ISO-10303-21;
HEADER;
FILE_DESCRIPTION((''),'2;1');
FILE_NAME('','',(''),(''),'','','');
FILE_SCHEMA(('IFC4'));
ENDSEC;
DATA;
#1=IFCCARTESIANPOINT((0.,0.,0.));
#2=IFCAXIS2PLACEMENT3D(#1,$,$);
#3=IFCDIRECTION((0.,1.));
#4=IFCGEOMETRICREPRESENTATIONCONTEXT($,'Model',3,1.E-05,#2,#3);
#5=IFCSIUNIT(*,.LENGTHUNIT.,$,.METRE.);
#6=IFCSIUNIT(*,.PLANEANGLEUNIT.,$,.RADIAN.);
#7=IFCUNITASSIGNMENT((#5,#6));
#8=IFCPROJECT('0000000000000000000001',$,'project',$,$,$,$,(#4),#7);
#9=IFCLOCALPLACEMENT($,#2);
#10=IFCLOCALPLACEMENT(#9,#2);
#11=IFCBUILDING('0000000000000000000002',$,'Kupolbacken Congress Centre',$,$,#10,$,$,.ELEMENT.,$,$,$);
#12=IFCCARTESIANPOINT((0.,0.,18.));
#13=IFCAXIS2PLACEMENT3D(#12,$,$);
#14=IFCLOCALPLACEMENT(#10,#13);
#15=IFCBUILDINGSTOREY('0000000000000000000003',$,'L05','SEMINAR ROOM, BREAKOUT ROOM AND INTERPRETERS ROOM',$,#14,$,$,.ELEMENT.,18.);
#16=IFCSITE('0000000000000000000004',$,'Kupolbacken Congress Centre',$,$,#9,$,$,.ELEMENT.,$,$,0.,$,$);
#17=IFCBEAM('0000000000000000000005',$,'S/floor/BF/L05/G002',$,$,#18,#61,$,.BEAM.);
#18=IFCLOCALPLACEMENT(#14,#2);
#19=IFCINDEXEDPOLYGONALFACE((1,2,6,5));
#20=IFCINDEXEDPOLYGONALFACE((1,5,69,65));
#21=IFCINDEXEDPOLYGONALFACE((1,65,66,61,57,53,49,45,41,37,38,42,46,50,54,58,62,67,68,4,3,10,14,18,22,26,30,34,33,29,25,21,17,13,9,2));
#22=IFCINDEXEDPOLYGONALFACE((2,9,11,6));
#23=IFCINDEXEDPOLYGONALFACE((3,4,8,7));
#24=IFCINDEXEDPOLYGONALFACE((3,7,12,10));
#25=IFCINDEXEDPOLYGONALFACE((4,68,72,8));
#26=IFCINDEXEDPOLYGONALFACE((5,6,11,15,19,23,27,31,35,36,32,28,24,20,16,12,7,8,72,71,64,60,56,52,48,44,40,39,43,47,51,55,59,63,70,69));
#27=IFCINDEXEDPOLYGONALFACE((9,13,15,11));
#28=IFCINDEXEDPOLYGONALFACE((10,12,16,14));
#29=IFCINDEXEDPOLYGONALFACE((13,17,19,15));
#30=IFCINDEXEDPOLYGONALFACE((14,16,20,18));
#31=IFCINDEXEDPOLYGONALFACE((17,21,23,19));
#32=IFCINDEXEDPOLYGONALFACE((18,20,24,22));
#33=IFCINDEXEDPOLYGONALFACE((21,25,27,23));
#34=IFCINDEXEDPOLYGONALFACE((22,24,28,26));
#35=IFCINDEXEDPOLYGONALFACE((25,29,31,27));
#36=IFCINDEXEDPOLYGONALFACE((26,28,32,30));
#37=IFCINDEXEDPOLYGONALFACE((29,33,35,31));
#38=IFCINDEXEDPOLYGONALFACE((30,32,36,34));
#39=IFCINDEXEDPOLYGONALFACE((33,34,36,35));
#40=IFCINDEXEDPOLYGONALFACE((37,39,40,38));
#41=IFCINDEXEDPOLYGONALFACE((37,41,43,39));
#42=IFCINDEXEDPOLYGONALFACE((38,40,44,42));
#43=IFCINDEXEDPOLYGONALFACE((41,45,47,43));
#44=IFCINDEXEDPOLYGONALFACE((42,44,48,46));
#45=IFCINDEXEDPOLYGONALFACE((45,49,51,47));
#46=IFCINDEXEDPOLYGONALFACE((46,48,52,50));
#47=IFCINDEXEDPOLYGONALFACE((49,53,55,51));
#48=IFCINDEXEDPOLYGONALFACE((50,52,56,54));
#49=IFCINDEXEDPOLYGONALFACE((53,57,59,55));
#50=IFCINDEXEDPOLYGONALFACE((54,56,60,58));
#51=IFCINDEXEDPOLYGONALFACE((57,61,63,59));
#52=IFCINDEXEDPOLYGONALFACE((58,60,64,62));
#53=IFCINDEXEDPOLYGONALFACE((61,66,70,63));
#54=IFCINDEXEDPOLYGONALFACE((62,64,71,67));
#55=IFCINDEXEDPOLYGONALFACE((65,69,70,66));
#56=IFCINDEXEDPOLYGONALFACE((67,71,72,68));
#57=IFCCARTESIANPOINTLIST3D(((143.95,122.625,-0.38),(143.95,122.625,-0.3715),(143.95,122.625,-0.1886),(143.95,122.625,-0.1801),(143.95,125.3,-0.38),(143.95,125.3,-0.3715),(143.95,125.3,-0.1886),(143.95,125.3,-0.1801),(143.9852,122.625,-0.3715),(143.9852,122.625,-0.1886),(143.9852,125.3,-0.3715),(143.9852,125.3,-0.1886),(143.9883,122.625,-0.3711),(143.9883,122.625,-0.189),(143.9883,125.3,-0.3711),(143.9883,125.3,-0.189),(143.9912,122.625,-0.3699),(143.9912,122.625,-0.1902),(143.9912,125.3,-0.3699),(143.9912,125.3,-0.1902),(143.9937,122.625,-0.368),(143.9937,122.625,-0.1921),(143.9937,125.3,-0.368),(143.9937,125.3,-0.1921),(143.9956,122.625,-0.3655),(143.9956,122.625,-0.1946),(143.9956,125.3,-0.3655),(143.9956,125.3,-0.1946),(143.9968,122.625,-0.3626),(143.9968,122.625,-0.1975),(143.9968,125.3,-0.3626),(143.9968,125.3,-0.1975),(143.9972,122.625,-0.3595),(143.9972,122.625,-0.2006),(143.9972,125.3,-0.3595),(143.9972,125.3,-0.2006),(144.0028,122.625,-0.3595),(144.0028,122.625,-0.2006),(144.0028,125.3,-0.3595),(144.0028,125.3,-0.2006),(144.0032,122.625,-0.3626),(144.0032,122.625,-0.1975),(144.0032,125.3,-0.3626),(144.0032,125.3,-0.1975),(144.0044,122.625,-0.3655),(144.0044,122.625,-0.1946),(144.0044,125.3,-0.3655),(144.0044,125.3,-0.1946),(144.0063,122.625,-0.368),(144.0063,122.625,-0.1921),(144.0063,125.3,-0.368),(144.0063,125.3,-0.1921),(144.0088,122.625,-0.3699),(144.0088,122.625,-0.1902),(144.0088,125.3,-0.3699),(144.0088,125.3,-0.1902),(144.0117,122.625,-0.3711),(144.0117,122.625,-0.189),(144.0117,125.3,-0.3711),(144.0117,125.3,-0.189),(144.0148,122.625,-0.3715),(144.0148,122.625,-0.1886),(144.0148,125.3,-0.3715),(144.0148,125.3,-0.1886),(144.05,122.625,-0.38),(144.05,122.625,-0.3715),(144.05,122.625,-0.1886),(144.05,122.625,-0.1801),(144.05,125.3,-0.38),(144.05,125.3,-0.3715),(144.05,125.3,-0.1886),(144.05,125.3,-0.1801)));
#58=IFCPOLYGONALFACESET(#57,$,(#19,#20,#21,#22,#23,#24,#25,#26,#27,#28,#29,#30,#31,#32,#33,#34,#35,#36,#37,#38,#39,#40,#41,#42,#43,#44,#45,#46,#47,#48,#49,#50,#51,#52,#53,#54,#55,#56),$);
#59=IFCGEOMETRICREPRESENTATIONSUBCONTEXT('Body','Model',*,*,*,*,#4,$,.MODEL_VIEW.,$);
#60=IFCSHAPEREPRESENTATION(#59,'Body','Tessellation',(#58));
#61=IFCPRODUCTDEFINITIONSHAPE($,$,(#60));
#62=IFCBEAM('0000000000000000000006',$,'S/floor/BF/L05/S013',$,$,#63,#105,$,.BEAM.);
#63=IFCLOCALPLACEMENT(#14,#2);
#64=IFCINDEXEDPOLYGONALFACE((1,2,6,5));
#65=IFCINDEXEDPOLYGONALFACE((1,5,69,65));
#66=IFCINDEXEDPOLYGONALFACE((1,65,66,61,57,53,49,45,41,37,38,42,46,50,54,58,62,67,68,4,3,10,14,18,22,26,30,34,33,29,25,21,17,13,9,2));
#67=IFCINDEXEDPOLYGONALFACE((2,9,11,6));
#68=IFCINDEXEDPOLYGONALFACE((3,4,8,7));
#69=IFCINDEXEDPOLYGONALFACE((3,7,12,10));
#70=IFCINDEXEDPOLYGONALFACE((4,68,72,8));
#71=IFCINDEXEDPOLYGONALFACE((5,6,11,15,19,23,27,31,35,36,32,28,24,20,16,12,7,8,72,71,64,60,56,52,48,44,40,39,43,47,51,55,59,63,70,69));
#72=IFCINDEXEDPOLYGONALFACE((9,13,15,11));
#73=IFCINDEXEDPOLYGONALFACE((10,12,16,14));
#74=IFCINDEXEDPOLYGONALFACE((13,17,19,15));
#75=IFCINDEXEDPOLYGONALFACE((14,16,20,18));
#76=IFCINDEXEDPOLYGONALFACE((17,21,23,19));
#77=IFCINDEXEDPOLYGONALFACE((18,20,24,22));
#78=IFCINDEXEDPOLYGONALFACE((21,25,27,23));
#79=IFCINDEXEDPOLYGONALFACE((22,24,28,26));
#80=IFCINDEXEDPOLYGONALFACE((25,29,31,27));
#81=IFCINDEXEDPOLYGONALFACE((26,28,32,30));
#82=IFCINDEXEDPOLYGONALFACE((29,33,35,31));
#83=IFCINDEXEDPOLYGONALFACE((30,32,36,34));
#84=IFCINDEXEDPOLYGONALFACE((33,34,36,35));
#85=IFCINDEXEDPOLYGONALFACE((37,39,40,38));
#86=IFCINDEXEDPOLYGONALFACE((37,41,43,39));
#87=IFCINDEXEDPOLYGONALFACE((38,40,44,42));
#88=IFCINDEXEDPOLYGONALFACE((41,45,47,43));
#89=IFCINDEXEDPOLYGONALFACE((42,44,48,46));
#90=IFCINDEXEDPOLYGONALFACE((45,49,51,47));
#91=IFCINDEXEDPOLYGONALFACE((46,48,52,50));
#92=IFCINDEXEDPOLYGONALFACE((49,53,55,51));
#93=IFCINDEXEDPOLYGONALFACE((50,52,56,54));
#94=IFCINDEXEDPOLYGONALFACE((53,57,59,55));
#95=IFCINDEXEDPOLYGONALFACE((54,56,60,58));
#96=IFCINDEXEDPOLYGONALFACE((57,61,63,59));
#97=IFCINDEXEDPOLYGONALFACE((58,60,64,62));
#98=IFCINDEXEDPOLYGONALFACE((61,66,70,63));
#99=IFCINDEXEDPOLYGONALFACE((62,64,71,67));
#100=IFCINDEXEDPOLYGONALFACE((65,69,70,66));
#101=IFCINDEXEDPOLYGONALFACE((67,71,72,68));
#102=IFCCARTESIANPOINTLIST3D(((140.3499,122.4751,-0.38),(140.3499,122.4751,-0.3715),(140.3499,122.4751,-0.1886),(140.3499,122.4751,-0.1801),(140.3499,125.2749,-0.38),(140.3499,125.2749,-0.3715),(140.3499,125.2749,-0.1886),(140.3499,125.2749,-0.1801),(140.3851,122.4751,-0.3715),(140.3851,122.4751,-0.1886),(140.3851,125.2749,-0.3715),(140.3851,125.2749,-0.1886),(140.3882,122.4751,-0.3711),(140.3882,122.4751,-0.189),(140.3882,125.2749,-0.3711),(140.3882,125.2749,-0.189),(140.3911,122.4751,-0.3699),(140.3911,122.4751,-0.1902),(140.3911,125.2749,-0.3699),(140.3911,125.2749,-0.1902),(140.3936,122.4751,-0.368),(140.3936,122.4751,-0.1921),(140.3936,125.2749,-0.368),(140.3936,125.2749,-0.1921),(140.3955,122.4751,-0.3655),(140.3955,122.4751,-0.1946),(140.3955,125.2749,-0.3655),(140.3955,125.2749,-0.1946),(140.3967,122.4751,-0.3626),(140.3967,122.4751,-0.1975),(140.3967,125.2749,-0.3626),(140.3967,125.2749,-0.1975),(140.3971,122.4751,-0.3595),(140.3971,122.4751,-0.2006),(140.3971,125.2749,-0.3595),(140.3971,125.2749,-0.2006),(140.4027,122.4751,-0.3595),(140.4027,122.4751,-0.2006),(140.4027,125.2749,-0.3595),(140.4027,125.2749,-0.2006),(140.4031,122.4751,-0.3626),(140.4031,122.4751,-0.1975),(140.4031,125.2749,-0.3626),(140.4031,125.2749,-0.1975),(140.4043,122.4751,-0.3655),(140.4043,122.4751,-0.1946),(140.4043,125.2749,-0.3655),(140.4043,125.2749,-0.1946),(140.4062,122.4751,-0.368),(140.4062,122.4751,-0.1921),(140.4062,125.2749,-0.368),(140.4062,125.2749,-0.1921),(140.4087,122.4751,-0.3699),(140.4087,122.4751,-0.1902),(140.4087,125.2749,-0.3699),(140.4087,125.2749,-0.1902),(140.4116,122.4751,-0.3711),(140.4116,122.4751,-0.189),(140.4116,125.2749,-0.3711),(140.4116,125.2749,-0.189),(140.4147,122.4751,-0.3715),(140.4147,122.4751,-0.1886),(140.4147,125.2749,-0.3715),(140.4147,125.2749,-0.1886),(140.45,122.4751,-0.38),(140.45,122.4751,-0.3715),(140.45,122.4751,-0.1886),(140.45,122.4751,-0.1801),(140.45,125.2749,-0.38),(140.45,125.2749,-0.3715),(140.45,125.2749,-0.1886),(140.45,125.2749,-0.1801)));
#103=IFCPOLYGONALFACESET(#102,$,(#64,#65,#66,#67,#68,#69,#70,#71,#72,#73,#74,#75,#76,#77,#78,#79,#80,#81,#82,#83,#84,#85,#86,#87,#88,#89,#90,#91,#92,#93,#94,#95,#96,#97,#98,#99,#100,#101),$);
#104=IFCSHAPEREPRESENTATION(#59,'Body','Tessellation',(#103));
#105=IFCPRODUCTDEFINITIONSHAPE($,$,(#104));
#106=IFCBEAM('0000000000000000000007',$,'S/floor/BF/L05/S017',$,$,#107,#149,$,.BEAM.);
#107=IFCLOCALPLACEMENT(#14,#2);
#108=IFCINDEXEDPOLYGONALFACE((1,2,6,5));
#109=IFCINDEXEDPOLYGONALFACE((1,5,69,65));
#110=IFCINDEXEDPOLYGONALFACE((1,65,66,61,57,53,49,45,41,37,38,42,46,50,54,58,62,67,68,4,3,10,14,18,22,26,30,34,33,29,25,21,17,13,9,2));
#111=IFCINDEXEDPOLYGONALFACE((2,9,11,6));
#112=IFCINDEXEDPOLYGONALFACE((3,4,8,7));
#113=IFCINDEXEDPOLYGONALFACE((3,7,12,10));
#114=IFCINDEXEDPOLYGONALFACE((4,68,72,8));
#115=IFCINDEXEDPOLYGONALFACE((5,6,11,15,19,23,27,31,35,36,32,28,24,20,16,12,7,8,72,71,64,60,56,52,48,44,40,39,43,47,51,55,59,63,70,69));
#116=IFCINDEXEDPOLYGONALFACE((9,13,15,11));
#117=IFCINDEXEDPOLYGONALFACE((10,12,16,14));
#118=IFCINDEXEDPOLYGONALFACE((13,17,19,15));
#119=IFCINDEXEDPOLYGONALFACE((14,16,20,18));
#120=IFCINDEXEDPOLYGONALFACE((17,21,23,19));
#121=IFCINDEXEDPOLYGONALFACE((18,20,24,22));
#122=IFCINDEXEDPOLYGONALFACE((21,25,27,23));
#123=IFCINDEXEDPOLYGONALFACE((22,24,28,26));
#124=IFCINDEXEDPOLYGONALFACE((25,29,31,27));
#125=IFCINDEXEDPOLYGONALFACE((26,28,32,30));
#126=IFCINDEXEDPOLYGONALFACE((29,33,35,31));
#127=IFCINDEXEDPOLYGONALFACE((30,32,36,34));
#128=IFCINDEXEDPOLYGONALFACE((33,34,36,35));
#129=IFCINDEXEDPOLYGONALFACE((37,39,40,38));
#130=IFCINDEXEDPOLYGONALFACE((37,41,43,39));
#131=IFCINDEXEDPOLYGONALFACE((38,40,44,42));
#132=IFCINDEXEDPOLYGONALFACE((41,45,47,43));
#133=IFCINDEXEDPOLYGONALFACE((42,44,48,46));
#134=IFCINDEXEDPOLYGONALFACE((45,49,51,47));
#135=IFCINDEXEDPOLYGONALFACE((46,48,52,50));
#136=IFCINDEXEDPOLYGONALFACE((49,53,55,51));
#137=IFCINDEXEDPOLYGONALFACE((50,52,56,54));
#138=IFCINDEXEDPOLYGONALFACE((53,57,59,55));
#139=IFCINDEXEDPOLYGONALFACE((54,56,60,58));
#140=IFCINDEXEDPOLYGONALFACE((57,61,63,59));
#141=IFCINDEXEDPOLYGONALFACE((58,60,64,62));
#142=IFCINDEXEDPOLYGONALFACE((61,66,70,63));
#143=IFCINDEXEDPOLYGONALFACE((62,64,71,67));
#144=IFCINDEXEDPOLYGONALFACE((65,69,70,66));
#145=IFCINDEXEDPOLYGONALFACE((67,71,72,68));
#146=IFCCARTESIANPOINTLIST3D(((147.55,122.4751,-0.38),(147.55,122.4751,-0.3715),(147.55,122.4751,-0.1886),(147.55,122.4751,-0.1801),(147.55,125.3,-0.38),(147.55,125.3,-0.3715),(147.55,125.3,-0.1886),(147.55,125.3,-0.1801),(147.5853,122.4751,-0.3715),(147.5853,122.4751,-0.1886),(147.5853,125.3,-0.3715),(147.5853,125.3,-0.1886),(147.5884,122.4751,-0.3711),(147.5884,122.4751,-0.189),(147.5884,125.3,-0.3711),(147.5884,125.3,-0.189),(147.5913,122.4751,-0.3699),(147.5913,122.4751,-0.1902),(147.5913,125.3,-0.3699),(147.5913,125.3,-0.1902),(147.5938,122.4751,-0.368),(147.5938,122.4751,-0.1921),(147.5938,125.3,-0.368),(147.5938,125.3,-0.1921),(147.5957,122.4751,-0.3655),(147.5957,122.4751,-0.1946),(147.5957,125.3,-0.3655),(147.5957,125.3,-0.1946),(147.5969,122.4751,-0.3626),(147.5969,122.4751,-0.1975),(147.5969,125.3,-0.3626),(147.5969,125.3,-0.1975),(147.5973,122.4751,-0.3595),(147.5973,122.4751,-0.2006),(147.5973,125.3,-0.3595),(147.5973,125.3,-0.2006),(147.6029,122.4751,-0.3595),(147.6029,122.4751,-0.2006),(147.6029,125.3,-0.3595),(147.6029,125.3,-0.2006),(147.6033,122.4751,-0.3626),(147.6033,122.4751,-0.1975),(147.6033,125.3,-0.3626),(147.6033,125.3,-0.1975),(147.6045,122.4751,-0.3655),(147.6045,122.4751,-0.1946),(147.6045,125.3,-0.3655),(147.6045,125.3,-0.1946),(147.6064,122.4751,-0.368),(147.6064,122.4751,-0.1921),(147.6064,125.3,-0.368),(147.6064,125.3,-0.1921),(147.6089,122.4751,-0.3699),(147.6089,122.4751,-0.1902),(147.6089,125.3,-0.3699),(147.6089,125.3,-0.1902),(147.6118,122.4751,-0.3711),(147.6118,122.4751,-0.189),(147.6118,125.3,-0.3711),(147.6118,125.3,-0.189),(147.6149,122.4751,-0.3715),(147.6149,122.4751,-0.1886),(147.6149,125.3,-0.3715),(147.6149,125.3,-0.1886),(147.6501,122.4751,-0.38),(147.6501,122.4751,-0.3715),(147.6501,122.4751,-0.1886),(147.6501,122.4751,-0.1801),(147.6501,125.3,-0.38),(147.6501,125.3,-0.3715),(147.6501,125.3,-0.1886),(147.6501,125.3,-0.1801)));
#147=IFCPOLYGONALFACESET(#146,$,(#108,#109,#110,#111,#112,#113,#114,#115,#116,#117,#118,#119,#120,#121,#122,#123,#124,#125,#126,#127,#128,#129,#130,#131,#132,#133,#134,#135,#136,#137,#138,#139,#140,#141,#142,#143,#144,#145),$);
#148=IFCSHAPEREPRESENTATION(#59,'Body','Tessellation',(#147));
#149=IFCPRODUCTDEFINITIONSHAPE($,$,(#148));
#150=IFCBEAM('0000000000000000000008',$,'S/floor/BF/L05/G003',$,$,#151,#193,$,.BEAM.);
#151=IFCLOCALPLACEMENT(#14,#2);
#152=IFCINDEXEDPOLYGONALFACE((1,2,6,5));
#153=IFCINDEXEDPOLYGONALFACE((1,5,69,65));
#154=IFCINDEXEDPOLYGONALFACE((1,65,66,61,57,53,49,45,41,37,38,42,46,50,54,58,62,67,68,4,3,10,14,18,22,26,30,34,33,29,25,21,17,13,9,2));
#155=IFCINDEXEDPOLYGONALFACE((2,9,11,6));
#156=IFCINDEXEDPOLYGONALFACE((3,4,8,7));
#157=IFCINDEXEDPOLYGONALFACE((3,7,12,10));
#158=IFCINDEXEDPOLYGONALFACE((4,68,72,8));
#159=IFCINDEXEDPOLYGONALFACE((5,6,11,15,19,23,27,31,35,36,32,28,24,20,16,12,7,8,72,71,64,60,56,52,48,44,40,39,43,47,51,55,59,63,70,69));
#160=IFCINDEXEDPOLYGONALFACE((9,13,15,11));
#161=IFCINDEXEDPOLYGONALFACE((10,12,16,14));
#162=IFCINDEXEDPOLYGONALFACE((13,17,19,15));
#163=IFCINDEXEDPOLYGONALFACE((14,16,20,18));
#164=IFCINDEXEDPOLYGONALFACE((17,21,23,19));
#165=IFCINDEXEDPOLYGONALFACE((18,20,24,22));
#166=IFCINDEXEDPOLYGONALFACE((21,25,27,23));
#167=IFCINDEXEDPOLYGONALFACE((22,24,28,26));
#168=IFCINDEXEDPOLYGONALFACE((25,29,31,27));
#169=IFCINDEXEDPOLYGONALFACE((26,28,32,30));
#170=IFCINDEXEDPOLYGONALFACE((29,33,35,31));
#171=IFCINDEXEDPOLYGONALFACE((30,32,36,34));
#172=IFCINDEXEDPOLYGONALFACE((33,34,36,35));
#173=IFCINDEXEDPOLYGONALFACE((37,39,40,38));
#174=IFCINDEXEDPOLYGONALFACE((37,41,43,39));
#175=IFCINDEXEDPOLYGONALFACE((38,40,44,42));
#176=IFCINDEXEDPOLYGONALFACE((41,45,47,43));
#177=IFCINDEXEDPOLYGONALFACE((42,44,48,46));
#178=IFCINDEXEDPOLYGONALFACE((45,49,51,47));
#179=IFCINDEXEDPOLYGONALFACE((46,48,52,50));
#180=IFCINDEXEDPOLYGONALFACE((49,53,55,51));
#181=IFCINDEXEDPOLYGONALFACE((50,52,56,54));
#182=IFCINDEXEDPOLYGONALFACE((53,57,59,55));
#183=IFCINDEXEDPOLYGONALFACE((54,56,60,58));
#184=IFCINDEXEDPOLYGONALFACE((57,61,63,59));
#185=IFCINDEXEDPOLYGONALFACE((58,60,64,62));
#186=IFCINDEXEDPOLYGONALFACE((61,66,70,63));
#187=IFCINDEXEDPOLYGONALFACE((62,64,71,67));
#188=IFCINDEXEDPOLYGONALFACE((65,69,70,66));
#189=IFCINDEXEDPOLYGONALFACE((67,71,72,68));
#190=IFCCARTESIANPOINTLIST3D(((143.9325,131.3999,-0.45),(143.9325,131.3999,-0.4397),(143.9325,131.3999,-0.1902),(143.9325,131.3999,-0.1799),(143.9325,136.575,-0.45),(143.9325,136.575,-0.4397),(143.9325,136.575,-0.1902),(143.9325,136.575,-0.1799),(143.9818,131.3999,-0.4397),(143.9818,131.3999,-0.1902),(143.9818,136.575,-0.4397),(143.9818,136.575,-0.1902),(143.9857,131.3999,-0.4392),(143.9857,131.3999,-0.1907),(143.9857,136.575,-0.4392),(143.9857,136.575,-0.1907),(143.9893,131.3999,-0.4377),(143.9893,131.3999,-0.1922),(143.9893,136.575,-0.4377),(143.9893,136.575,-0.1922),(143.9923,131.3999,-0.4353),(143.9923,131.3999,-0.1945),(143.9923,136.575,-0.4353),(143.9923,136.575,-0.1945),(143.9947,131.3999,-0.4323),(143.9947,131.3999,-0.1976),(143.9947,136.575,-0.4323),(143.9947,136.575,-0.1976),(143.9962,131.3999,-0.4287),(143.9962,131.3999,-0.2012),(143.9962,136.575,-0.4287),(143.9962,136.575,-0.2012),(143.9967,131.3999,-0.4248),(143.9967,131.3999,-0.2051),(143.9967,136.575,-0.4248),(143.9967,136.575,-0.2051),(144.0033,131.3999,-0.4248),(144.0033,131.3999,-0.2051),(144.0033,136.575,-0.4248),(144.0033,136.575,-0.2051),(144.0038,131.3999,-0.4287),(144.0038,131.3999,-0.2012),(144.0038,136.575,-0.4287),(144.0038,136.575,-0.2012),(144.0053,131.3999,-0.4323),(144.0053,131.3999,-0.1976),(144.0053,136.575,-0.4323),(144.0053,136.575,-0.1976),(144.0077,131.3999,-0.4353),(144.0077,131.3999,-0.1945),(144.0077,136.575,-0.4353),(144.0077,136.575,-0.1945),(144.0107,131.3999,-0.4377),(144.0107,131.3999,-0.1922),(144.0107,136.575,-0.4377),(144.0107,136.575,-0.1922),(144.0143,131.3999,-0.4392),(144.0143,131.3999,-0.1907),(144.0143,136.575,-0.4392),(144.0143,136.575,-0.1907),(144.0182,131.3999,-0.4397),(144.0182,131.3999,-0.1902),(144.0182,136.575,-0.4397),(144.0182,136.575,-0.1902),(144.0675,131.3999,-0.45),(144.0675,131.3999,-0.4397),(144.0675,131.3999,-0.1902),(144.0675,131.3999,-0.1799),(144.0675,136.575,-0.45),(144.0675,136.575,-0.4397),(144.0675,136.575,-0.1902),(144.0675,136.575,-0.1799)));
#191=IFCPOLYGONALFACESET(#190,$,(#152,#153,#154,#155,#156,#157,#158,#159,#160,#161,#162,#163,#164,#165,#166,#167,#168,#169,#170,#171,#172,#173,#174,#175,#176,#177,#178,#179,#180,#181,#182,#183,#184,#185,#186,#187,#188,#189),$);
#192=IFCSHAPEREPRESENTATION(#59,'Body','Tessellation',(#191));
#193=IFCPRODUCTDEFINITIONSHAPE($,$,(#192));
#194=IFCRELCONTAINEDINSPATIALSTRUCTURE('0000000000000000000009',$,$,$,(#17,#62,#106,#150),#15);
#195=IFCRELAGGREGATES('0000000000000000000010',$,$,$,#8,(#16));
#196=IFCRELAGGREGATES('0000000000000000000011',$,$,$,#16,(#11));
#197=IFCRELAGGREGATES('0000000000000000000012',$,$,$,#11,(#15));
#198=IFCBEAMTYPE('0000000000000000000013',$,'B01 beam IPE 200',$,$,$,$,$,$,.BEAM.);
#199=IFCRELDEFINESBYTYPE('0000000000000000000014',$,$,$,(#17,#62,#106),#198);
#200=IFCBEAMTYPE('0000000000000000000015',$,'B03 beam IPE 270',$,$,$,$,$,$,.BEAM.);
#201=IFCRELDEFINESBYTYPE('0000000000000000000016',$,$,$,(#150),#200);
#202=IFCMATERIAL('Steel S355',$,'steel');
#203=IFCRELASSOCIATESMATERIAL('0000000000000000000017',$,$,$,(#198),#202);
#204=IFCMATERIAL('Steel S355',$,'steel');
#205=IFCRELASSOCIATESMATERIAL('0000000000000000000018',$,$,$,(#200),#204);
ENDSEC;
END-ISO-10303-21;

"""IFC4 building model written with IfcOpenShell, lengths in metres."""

from ifc_helpers import new_model, si_unit, direction, frame, origin, origin_2d, place, context, subcontext, project, spatial, i_section, extrude, material, material_profile, profile_set, type_object, element, save


model = new_model("IFC4")

# Units and contexts
model_context = context("Model", 3, precision=1e-05, world=origin(), true_north=direction((0.0, 1.0)))
body_context = subcontext(model_context, "Body", "Model", "MODEL_VIEW")
ifc_project = project(units=[si_unit("LENGTHUNIT", "METRE"), si_unit("PLANEANGLEUNIT", "RADIAN")], contexts=[model_context])

# Site, building, storey
site_placement = place(None, origin())
site = spatial("IfcSite", under=ifc_project, at=site_placement, Name="Kupolbacken Congress Centre", CompositionType="ELEMENT", RefElevation=0.0)
building_placement = place(site_placement, origin())
building = spatial("IfcBuilding", under=site, at=building_placement, Name="Kupolbacken Congress Centre", CompositionType="ELEMENT")
storey_placement = place(building_placement, frame((0.0, 0.0, 18.0)))
storey = spatial("IfcBuildingStorey", under=building, at=storey_placement, Name="L05", Description="SEMINAR ROOM, BREAKOUT ROOM AND INTERPRETERS ROOM", CompositionType="ELEMENT", Elevation=18.0)

# Beams
ifc_material_1 = material(Name="Steel S355", Category="steel")
ifc_material_profile_1 = material_profile(ifc_material_1, i_section(OverallWidth=0.1001, OverallDepth=0.2, WebThickness=0.0056, FlangeThickness=0.0085, FilletRadius=0.012, at=origin_2d()), Name="IPE 200")
ifc_profile_set_1 = profile_set([ifc_material_profile_1], Name="Steel S355")
beam_type_1 = type_object("IfcBeamType", Name="B01 beam IPE 200", PredefinedType="BEAM", material=ifc_profile_set_1)
beam_1_placement = place(storey_placement, frame((144.0, 122.625, -0.28), z_axis=(0.0, 1.0, 0.0), x_axis=(-1.0, 0.0, 0.0)))
element("IfcBeam", 1, at=beam_1_placement, inside=storey, type_object=beam_type_1, Name="S/floor/BF/L05/G002", PredefinedType="BEAM", context=body_context, shape_type="SweptSolid", body=[
    extrude(i_section(OverallWidth=0.1001, OverallDepth=0.2, WebThickness=0.0056, FlangeThickness=0.0085, FilletRadius=0.012, at=origin_2d()), origin(), (0.0, 0.0, 1.0), 2.675),
])
beam_2_placement = place(storey_placement, frame((140.3999, 122.4751, -0.28), z_axis=(0.0, 1.0, 0.0), x_axis=(-1.0, 0.0, 0.0)))
element("IfcBeam", 2, at=beam_2_placement, inside=storey, type_object=beam_type_1, Name="S/floor/BF/L05/S013", PredefinedType="BEAM", context=body_context, shape_type="SweptSolid", body=[
    extrude(i_section(OverallWidth=0.1001, OverallDepth=0.2, WebThickness=0.0056, FlangeThickness=0.0085, FilletRadius=0.012, at=origin_2d()), origin(), (0.0, 0.0, 1.0), 2.7998),
])
beam_3_placement = place(storey_placement, frame((147.6001, 122.4751, -0.28), z_axis=(0.0, 1.0, 0.0), x_axis=(-1.0, 0.0, 0.0)))
element("IfcBeam", 3, at=beam_3_placement, inside=storey, type_object=beam_type_1, Name="S/floor/BF/L05/S017", PredefinedType="BEAM", context=body_context, shape_type="SweptSolid", body=[
    extrude(i_section(OverallWidth=0.1001, OverallDepth=0.2, WebThickness=0.0056, FlangeThickness=0.0085, FilletRadius=0.012, at=origin_2d()), origin(), (0.0, 0.0, 1.0), 2.825),
])
ifc_material_2 = material(Name="Steel S355", Category="steel")
ifc_material_profile_2 = material_profile(ifc_material_2, i_section(OverallWidth=0.135, OverallDepth=0.27, WebThickness=0.0066, FlangeThickness=0.0103, FilletRadius=0.0149, at=origin_2d()), Name="IPE 270")
ifc_profile_set_2 = profile_set([ifc_material_profile_2], Name="Steel S355")
beam_type_2 = type_object("IfcBeamType", Name="B03 beam IPE 270", PredefinedType="BEAM", material=ifc_profile_set_2)
beam_4_placement = place(storey_placement, frame((144.0, 131.3999, -0.3149), z_axis=(0.0, 1.0, 0.0), x_axis=(-1.0, 0.0, 0.0)))
element("IfcBeam", 4, at=beam_4_placement, inside=storey, type_object=beam_type_2, Name="S/floor/BF/L05/G003", PredefinedType="BEAM", context=body_context, shape_type="SweptSolid", body=[
    extrude(i_section(OverallWidth=0.135, OverallDepth=0.27, WebThickness=0.0066, FlangeThickness=0.0103, FilletRadius=0.0149, at=origin_2d()), origin(), (0.0, 0.0, 1.0), 5.175),
])

save(model, "model.ifc")
